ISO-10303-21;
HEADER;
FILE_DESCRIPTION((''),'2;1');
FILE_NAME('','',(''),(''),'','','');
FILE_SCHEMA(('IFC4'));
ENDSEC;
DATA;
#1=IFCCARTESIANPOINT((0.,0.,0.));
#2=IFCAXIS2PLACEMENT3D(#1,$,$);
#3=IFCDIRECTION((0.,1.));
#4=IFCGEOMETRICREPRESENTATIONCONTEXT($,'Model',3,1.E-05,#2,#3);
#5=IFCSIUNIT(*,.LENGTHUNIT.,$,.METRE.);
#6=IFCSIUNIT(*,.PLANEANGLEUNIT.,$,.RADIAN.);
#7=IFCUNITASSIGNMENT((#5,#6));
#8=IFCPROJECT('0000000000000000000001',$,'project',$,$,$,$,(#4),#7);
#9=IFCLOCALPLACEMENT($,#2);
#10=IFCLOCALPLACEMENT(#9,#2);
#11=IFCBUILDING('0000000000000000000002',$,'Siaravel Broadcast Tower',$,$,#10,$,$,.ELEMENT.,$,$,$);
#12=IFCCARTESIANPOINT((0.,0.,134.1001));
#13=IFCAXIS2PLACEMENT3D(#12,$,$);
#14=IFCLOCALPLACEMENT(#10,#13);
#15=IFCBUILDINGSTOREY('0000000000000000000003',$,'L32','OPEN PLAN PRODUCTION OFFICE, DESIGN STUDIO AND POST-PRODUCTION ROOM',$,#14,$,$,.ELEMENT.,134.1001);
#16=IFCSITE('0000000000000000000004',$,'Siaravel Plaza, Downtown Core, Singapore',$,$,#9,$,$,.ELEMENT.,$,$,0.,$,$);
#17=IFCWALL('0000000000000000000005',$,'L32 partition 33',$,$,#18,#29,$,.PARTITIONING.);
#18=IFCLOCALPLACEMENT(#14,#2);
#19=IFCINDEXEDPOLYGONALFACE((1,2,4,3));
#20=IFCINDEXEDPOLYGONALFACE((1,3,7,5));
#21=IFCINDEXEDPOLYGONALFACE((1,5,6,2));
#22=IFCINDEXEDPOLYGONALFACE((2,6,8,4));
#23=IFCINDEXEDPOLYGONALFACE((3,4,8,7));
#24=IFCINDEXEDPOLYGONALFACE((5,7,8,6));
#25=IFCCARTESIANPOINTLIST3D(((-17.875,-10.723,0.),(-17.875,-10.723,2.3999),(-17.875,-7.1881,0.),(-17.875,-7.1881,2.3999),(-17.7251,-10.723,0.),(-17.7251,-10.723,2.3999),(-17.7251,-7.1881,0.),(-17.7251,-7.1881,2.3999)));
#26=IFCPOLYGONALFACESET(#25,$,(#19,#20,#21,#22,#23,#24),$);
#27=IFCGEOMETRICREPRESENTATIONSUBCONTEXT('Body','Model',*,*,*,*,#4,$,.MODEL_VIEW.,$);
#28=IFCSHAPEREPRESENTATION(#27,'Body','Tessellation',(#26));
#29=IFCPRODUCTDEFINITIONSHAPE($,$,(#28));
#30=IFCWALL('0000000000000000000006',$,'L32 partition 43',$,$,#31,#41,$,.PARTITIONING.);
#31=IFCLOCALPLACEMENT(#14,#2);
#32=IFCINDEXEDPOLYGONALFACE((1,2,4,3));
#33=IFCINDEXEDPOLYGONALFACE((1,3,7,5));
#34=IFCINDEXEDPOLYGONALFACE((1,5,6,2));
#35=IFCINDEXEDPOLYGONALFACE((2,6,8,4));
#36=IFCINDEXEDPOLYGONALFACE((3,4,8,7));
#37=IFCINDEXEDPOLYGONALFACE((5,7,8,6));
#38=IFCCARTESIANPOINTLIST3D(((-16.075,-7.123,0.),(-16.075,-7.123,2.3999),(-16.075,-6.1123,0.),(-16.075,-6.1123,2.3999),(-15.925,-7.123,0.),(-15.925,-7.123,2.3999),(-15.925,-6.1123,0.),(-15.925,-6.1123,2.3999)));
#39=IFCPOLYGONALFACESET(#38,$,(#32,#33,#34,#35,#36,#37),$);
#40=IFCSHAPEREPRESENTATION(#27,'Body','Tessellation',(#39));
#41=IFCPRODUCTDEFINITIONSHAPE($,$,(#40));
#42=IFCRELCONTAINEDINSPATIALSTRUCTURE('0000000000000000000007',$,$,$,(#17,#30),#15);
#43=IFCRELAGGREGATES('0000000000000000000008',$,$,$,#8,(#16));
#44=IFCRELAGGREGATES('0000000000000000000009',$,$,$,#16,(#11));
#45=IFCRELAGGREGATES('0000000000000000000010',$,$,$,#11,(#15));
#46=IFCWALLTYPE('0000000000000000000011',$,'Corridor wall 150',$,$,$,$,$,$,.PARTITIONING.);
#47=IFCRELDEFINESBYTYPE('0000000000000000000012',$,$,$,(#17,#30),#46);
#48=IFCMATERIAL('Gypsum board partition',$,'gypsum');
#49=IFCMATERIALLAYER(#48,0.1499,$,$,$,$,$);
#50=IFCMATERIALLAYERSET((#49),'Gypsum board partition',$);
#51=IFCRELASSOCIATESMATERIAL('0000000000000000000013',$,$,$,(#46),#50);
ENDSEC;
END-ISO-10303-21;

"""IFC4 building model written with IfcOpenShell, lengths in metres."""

from ifc_helpers import new_model, si_unit, direction, frame, frame_2d, origin, place, context, subcontext, project, spatial, rectangle, extrude, material, layer, layer_set, type_object, element, save


model = new_model("IFC4")

# Units and contexts
model_context = context("Model", 3, precision=1e-05, world=origin(), true_north=direction((0.0, 1.0)))
body_context = subcontext(model_context, "Body", "Model", "MODEL_VIEW")
ifc_project = project(units=[si_unit("LENGTHUNIT", "METRE"), si_unit("PLANEANGLEUNIT", "RADIAN")], contexts=[model_context])

# Site, building, storey
site_placement = place(None, origin())
site = spatial("IfcSite", under=ifc_project, at=site_placement, Name="Siaravel Plaza, Downtown Core, Singapore", CompositionType="ELEMENT", RefElevation=0.0)
building_placement = place(site_placement, origin())
building = spatial("IfcBuilding", under=site, at=building_placement, Name="Siaravel Broadcast Tower", CompositionType="ELEMENT")
storey_placement = place(building_placement, frame((0.0, 0.0, 134.1001)))
storey = spatial("IfcBuildingStorey", under=building, at=storey_placement, Name="L32", Description="OPEN PLAN PRODUCTION OFFICE, DESIGN STUDIO AND POST-PRODUCTION ROOM", CompositionType="ELEMENT", Elevation=134.1001)

# Shared definitions
ifc_material_1 = material(Name="Gypsum board partition", Category="gypsum")
ifc_layer_1 = layer(ifc_material_1, 0.1499)
ifc_layer_set_1 = layer_set([ifc_layer_1], Name="Gypsum board partition")
wall_type_1 = type_object("IfcWallType", Name="Corridor wall 150", PredefinedType="PARTITIONING", material=ifc_layer_set_1)

# Walls
wall_1_placement = place(storey_placement, frame((-17.8, -7.188, 0.0), z_axis=(0.0, 0.0, 1.0), x_axis=(0.0, -1.0, 0.0)))
element("IfcWall", 1, at=wall_1_placement, inside=storey, type_object=wall_type_1, Name="L32 partition 33", PredefinedType="PARTITIONING", context=body_context, shape_type="SweptSolid", body=[
    extrude(rectangle(XDim=3.5349, YDim=0.1499, at=frame_2d((1.7676, 0.0))), origin(), (0.0, 0.0, 1.0), 2.3999),
])
wall_2_placement = place(storey_placement, frame((-16.0, -7.123, 0.0), z_axis=(0.0, 0.0, 1.0), x_axis=(0.0, 1.0, 0.0)))
element("IfcWall", 2, at=wall_2_placement, inside=storey, type_object=wall_type_1, Name="L32 partition 43", PredefinedType="PARTITIONING", context=body_context, shape_type="SweptSolid", body=[
    extrude(rectangle(XDim=1.0107, YDim=0.1499, at=frame_2d((0.5054, 0.0))), origin(), (0.0, 0.0, 1.0), 2.3999),
])

save(model, "model.ifc")
